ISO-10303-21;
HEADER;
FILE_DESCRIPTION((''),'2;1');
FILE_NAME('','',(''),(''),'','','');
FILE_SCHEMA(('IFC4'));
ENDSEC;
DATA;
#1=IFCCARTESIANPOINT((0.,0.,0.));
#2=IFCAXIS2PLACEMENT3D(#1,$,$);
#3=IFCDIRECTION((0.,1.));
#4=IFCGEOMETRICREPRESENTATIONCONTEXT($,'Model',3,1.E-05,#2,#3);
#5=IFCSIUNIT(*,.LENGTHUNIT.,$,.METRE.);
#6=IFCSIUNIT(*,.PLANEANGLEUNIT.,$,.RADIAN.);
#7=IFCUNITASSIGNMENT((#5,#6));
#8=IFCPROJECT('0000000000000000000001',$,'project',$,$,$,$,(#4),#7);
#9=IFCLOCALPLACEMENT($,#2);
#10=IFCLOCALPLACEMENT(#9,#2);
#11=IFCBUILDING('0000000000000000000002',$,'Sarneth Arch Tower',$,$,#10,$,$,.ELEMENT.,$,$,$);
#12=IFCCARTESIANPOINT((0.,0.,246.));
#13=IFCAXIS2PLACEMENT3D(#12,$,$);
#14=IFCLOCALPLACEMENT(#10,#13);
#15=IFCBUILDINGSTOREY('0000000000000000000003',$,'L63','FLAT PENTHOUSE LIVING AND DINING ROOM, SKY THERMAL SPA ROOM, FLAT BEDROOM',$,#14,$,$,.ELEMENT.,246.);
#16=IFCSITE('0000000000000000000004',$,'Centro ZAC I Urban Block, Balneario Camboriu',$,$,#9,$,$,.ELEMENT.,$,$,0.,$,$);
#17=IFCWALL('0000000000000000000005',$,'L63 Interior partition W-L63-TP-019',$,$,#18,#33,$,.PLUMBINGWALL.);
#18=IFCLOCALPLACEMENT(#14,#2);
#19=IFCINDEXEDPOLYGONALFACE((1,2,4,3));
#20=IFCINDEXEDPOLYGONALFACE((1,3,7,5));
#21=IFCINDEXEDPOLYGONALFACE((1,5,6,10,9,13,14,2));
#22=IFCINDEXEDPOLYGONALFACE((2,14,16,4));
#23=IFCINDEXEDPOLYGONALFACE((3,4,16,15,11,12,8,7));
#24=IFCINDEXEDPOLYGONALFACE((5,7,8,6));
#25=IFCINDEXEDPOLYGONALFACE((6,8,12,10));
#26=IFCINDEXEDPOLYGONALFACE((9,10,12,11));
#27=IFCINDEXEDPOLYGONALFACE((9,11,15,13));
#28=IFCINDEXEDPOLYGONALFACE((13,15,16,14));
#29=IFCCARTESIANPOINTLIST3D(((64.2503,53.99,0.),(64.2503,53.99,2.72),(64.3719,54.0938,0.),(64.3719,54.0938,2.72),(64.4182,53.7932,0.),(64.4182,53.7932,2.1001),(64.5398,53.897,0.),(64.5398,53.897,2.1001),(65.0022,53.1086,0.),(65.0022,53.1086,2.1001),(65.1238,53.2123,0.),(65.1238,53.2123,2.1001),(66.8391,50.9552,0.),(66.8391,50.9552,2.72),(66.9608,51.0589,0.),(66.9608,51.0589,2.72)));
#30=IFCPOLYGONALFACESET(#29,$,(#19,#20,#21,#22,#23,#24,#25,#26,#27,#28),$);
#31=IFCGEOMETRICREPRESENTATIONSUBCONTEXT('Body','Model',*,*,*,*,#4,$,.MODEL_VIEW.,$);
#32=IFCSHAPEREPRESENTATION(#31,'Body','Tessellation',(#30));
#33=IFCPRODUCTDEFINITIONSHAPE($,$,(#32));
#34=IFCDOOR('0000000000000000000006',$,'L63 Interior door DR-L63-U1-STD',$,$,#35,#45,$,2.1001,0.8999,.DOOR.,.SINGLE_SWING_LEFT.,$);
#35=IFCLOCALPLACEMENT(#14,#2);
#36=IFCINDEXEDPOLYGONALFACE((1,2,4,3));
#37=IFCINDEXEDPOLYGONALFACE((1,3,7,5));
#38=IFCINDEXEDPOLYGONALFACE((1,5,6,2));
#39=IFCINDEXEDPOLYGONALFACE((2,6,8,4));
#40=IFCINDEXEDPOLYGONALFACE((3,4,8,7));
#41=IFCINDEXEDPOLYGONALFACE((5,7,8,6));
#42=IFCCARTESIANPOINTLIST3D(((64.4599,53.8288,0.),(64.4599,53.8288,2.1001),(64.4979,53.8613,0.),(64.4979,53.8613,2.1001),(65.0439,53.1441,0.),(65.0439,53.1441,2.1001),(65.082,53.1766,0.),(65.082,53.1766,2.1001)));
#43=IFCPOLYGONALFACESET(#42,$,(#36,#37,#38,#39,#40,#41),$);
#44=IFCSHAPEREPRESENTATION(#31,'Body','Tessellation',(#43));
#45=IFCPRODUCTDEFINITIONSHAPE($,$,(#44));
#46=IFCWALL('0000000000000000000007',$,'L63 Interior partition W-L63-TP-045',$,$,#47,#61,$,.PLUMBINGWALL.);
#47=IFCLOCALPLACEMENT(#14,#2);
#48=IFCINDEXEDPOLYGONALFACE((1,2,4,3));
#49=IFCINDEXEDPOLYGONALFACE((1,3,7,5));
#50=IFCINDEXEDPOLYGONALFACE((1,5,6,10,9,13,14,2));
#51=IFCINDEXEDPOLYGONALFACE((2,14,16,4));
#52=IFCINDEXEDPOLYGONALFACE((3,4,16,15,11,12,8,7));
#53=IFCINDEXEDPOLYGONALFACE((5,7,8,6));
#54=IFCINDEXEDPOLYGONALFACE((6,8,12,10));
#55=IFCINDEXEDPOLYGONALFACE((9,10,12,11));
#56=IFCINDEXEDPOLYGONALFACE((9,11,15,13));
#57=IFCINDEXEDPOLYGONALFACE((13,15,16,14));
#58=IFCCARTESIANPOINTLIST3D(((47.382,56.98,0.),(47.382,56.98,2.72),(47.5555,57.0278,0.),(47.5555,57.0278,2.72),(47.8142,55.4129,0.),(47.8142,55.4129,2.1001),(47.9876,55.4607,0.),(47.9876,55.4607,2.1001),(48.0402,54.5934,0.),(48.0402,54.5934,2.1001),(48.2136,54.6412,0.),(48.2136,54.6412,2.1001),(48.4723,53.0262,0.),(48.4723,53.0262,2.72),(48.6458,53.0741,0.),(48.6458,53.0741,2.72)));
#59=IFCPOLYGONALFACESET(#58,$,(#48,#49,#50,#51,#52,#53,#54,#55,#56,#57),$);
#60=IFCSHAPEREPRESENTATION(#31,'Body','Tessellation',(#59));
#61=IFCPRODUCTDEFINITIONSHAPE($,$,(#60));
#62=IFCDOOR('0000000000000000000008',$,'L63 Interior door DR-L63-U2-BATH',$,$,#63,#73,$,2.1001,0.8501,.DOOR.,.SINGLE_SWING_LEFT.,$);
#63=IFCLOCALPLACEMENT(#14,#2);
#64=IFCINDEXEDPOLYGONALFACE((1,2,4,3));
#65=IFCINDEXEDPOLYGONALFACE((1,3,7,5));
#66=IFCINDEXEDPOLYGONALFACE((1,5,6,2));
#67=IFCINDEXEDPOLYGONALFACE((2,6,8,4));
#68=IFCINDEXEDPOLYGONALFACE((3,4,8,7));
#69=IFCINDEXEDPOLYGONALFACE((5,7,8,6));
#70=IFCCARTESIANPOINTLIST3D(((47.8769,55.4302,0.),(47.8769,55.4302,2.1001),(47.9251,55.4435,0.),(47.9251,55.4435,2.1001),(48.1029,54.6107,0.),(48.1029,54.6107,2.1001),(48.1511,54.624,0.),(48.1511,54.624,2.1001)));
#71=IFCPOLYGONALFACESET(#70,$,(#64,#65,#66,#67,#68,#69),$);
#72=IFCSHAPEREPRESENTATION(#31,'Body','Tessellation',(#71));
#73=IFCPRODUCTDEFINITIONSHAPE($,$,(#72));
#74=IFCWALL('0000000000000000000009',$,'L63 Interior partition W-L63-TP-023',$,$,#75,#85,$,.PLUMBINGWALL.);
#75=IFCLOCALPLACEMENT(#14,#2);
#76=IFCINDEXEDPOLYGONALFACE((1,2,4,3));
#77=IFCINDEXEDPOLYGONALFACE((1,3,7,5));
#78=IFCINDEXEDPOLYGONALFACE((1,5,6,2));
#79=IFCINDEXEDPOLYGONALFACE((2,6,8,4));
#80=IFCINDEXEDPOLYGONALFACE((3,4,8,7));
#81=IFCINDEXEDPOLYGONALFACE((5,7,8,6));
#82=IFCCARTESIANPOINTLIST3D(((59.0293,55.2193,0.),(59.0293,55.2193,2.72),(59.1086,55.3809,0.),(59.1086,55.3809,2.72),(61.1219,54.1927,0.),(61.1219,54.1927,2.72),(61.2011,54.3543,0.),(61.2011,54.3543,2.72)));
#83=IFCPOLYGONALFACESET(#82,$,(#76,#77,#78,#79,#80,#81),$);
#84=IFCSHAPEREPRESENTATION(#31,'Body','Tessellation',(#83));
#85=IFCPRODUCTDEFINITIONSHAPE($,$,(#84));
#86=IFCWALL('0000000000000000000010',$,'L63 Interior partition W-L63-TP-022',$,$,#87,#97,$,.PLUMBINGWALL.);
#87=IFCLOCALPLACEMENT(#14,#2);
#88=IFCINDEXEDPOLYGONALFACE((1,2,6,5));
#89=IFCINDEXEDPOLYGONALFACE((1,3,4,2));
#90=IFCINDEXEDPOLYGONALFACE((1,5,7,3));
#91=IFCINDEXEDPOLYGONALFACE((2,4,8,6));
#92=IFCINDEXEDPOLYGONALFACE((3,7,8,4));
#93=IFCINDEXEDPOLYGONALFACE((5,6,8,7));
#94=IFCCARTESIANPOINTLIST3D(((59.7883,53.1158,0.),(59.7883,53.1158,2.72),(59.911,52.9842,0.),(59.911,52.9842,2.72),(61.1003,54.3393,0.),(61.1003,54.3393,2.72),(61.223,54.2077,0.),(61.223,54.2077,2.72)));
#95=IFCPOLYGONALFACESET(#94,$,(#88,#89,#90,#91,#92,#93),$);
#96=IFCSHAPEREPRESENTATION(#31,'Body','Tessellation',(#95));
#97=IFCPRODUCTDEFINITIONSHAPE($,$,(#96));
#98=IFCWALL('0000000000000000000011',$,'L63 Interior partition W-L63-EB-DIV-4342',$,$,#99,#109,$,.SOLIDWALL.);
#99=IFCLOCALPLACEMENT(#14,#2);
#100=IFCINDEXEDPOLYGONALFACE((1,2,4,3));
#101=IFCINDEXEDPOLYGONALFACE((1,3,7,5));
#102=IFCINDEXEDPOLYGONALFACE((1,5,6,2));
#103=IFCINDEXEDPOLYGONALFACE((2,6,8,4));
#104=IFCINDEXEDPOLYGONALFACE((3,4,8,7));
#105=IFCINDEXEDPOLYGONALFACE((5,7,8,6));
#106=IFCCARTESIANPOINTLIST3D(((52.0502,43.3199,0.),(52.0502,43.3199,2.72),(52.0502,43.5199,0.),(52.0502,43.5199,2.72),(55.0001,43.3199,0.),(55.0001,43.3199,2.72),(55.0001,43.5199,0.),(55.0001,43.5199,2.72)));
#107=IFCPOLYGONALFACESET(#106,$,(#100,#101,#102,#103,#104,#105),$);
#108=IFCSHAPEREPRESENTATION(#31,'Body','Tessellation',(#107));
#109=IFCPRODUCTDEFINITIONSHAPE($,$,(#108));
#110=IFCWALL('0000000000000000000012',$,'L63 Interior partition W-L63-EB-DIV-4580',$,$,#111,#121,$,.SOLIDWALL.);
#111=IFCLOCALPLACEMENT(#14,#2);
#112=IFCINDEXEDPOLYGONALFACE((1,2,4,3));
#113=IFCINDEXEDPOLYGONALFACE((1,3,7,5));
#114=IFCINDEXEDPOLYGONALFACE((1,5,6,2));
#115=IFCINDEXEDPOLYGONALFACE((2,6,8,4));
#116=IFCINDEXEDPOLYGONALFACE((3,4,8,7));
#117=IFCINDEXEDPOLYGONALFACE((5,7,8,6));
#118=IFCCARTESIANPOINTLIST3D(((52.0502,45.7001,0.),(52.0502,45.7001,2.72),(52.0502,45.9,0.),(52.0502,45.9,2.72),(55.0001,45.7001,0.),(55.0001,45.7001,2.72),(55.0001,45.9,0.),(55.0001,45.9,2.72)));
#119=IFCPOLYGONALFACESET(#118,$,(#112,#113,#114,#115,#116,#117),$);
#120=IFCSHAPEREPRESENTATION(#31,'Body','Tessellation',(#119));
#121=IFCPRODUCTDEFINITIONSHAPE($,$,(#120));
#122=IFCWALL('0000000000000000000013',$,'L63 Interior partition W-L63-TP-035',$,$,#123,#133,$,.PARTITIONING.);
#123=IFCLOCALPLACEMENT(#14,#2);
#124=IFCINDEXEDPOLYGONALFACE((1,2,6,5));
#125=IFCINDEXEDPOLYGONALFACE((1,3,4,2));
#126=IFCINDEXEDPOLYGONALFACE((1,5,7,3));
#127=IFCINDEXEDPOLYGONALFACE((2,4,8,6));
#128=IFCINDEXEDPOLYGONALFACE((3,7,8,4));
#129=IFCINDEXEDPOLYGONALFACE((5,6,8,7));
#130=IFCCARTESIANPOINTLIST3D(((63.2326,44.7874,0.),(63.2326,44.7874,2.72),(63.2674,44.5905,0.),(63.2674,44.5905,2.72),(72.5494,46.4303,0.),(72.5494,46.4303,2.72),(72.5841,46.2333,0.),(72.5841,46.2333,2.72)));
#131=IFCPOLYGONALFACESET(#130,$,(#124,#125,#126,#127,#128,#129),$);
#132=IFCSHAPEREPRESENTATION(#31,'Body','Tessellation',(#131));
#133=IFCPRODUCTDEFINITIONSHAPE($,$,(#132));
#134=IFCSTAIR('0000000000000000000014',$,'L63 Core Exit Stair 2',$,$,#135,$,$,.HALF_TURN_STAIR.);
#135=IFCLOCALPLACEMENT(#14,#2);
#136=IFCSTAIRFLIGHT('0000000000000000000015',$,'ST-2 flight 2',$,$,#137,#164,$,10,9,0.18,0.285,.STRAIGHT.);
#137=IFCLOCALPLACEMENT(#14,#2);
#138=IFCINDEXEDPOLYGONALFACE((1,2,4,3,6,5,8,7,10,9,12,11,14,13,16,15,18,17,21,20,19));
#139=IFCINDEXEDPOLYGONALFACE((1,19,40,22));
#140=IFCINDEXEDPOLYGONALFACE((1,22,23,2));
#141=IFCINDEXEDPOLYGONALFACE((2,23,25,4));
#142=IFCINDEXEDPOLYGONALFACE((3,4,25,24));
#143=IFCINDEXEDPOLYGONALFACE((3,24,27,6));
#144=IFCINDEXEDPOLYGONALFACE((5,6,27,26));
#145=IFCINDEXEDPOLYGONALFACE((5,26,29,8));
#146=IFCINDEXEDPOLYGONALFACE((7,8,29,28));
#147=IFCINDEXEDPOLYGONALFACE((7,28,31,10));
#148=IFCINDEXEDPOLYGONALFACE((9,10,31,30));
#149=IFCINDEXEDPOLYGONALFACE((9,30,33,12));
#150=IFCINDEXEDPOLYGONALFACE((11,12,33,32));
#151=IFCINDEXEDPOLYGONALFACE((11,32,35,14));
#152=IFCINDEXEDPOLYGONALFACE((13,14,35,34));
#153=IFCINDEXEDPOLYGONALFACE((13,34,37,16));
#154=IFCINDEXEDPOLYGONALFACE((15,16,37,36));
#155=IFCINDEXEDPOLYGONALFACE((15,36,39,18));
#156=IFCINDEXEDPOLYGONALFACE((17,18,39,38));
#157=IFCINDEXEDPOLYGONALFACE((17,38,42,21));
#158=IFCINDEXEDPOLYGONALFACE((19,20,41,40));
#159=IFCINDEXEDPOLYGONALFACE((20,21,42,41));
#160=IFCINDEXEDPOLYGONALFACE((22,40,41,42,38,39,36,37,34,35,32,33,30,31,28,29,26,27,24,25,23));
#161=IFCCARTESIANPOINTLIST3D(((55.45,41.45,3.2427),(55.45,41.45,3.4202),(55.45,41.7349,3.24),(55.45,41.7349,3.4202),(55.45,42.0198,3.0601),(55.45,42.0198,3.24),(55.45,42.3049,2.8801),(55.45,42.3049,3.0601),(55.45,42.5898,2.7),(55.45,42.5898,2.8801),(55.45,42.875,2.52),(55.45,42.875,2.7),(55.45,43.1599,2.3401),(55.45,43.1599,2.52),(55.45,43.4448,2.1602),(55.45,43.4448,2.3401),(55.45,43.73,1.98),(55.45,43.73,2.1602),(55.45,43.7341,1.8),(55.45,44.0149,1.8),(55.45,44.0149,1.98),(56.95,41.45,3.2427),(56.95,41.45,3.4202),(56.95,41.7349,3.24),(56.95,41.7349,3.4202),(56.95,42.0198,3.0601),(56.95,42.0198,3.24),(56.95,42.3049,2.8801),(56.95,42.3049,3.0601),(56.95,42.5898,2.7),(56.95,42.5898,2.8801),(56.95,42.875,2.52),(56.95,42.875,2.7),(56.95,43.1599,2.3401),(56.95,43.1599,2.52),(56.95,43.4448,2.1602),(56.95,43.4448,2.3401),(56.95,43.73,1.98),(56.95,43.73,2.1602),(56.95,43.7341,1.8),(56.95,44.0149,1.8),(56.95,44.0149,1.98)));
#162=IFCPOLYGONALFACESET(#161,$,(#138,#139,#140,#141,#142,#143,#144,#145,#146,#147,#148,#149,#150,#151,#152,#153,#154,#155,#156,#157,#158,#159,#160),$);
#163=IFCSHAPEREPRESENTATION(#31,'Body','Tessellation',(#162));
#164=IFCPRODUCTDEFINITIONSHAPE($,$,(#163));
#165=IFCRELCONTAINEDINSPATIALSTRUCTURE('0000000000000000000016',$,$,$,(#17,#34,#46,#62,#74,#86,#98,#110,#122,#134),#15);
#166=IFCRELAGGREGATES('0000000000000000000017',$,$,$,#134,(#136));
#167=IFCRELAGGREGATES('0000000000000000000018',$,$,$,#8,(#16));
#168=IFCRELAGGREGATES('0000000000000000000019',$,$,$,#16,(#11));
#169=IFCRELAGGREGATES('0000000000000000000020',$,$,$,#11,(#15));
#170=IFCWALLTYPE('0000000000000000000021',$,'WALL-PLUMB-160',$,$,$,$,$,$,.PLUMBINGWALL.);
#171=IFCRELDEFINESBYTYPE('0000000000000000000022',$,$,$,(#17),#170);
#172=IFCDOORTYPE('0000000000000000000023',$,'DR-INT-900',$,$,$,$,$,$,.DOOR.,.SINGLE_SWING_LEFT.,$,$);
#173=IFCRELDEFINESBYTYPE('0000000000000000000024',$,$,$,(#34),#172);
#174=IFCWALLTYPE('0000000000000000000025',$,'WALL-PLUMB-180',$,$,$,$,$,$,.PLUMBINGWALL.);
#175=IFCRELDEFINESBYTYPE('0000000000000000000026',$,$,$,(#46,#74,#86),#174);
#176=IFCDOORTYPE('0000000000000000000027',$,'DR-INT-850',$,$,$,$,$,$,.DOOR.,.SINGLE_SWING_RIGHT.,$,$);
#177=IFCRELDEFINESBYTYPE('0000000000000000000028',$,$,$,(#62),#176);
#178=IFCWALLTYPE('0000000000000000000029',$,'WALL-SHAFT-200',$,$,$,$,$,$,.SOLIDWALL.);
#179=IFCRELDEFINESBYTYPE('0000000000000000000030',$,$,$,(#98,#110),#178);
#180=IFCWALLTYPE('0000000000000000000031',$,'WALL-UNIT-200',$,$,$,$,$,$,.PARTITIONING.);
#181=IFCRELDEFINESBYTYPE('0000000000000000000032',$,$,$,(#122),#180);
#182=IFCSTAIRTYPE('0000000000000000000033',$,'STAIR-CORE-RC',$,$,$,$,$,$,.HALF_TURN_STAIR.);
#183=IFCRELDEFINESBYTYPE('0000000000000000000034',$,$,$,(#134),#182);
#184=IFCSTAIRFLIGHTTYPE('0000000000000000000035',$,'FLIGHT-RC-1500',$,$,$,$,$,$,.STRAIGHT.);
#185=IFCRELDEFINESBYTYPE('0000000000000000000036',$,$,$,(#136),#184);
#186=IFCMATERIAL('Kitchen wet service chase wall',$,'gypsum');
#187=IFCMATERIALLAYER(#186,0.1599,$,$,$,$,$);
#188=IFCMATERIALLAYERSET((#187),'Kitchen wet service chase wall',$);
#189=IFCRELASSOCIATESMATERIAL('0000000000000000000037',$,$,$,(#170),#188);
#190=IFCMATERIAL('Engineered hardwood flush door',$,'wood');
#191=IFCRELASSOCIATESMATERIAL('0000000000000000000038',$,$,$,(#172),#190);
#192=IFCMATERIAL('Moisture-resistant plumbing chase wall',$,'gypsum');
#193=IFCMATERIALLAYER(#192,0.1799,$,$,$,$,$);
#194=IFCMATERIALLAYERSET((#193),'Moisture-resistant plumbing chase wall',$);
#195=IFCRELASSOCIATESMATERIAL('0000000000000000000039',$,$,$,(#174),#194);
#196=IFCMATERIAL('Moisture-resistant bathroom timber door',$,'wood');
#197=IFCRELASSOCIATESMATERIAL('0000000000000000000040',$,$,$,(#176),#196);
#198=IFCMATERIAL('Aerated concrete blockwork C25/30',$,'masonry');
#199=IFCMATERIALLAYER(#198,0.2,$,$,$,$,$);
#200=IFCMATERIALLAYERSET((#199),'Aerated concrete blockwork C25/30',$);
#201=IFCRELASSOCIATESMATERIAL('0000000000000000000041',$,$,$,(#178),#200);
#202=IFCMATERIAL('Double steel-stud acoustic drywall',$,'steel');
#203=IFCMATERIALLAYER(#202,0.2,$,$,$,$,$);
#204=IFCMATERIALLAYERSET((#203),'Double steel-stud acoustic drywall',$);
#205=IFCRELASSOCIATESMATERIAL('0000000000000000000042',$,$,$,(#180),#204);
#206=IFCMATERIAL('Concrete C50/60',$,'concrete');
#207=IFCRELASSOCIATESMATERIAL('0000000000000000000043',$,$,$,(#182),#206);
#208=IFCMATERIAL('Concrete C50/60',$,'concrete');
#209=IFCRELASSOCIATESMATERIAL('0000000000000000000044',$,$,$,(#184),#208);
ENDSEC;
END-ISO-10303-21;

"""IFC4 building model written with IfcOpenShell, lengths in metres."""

from ifc_helpers import new_model, si_unit, direction, frame, frame_2d, origin, place, context, subcontext, project, spatial, polyline, rectangle, outline, extrude, material, layer, layer_set, type_object, element, fill, aggregate, save


model = new_model("IFC4")

# Units and contexts
model_context = context("Model", 3, precision=1e-05, world=origin(), true_north=direction((0.0, 1.0)))
body_context = subcontext(model_context, "Body", "Model", "MODEL_VIEW")
ifc_project = project(units=[si_unit("LENGTHUNIT", "METRE"), si_unit("PLANEANGLEUNIT", "RADIAN")], contexts=[model_context])

# Site, building, storey
site_placement = place(None, origin())
site = spatial("IfcSite", under=ifc_project, at=site_placement, Name="Centro ZAC I Urban Block, Balneario Camboriu", CompositionType="ELEMENT", RefElevation=0.0)
building_placement = place(site_placement, origin())
building = spatial("IfcBuilding", under=site, at=building_placement, Name="Sarneth Arch Tower", CompositionType="ELEMENT")
storey_placement = place(building_placement, frame((0.0, 0.0, 246.0)))
storey = spatial("IfcBuildingStorey", under=building, at=storey_placement, Name="L63", Description="FLAT PENTHOUSE LIVING AND DINING ROOM, SKY THERMAL SPA ROOM, FLAT BEDROOM", CompositionType="ELEMENT", Elevation=246.0)

# Walls, openings, doors
ifc_material_1 = material(Name="Kitchen wet service chase wall", Category="gypsum")
ifc_layer_1 = layer(ifc_material_1, 0.1599)
ifc_layer_set_1 = layer_set([ifc_layer_1], Name="Kitchen wet service chase wall")
wall_type_1 = type_object("IfcWallType", Name="WALL-PLUMB-160", PredefinedType="PLUMBINGWALL", material=ifc_layer_set_1)
wall_1_placement = place(storey_placement, frame((64.311, 54.042, 0.0), z_axis=(0.0, 0.0, 1.0), x_axis=(0.648985, -0.760801, 0.0)))
wall_1 = element("IfcWall", 1, at=wall_1_placement, inside=storey, type_object=wall_type_1, Name="L63 Interior partition W-L63-TP-019", PredefinedType="PLUMBINGWALL", context=body_context, shape_type="SweptSolid", body=[
    extrude(rectangle(XDim=3.989, YDim=0.1599, at=frame_2d((1.9946, 0.0))), origin(), (0.0, 0.0, 1.0), 2.72),
])
opening_1_placement = place(wall_1_placement, frame((0.2588, 0.0, 0.0)))
opening_1 = element("IfcOpeningElement", 2, at=opening_1_placement, cuts=wall_1, PredefinedType="OPENING", context=body_context, shape_type="SweptSolid", body=[
    extrude(rectangle(XDim=0.8999, YDim=2.1001, at=frame_2d((0.45, 1.05))), frame((0.0, 0.0898, 0.0), z_axis=(0.0, -1.0, 0.0), x_axis=(1.0, 0.0, 0.0)), (0.0, 0.0, 1.0), 0.1799),
])
ifc_material_2 = material(Name="Engineered hardwood flush door", Category="wood")
door_type_1 = type_object("IfcDoorType", Name="DR-INT-900", OperationType="SINGLE_SWING_LEFT", PredefinedType="DOOR", material=ifc_material_2)
door_1_placement = place(opening_1_placement, origin())
door_1 = element("IfcDoor", 3, at=door_1_placement, inside=storey, type_object=door_type_1, Name="L63 Interior door DR-L63-U1-STD", OperationType="SINGLE_SWING_LEFT", OverallHeight=2.1001, OverallWidth=0.8999, PredefinedType="DOOR", context=body_context, shape_type="SweptSolid", body=[
    extrude(rectangle(XDim=0.8999, YDim=2.1001, at=frame_2d((0.45, 1.05))), frame((0.0, 0.0249, 0.0), z_axis=(0.0, -1.0, 0.0), x_axis=(1.0, 0.0, 0.0)), (0.0, 0.0, 1.0), 0.05),
])
fill(opening_1, door_1)
ifc_material_3 = material(Name="Moisture-resistant plumbing chase wall", Category="gypsum")
ifc_layer_2 = layer(ifc_material_3, 0.1799)
ifc_layer_set_2 = layer_set([ifc_layer_2], Name="Moisture-resistant plumbing chase wall")
wall_type_2 = type_object("IfcWallType", Name="WALL-PLUMB-180", PredefinedType="PLUMBINGWALL", material=ifc_layer_set_2)
wall_2_placement = place(storey_placement, frame((48.5591, 53.05, 0.0), z_axis=(0.0, 0.0, 1.0), x_axis=(-0.265841, 0.964017, 0.0)))
wall_2 = element("IfcWall", 4, at=wall_2_placement, inside=storey, type_object=wall_type_2, Name="L63 Interior partition W-L63-TP-045", PredefinedType="PLUMBINGWALL", context=body_context, shape_type="SweptSolid", body=[
    extrude(rectangle(XDim=4.1013, YDim=0.1799, at=frame_2d((2.0508, 0.0))), origin(), (0.0, 0.0, 1.0), 2.72),
])
opening_2_placement = place(wall_2_placement, frame((1.6257, 0.0, 0.0)))
opening_2 = element("IfcOpeningElement", 5, at=opening_2_placement, cuts=wall_2, PredefinedType="OPENING", context=body_context, shape_type="SweptSolid", body=[
    extrude(rectangle(XDim=0.8501, YDim=2.1001, at=frame_2d((0.425, 1.05))), frame((0.0, 0.0999, 0.0), z_axis=(0.0, -1.0, 0.0), x_axis=(1.0, 0.0, 0.0)), (0.0, 0.0, 1.0), 0.2),
])
ifc_material_4 = material(Name="Moisture-resistant bathroom timber door", Category="wood")
door_type_2 = type_object("IfcDoorType", Name="DR-INT-850", OperationType="SINGLE_SWING_RIGHT", PredefinedType="DOOR", material=ifc_material_4)
door_2_placement = place(opening_2_placement, origin())
door_2 = element("IfcDoor", 6, at=door_2_placement, inside=storey, type_object=door_type_2, Name="L63 Interior door DR-L63-U2-BATH", OperationType="SINGLE_SWING_LEFT", OverallHeight=2.1001, OverallWidth=0.8501, PredefinedType="DOOR", context=body_context, shape_type="SweptSolid", body=[
    extrude(rectangle(XDim=0.8501, YDim=2.1001, at=frame_2d((0.425, 1.05))), frame((0.0, 0.0249, 0.0), z_axis=(0.0, -1.0, 0.0), x_axis=(1.0, 0.0, 0.0)), (0.0, 0.0, 1.0), 0.05),
])
fill(opening_2, door_2)

# Walls
wall_3_placement = place(storey_placement, frame((61.1616, 54.2734, 0.0), z_axis=(0.0, 0.0, 1.0), x_axis=(-0.897775, 0.440455, 0.0)))
element("IfcWall", 7, at=wall_3_placement, inside=storey, type_object=wall_type_2, Name="L63 Interior partition W-L63-TP-023", PredefinedType="PLUMBINGWALL", context=body_context, shape_type="SweptSolid", body=[
    extrude(rectangle(XDim=2.3308, YDim=0.1799, at=frame_2d((1.1655, 0.0))), origin(), (0.0, 0.0, 1.0), 2.72),
])
wall_4_placement = place(storey_placement, frame((59.8496, 53.05, 0.0), z_axis=(0.0, 0.0, 1.0), x_axis=(0.731377, 0.681974, 0.0)))
element("IfcWall", 8, at=wall_4_placement, inside=storey, type_object=wall_type_2, Name="L63 Interior partition W-L63-TP-022", PredefinedType="PLUMBINGWALL", context=body_context, shape_type="SweptSolid", body=[
    extrude(rectangle(XDim=1.7939, YDim=0.1799, at=frame_2d((0.897, 0.0))), origin(), (0.0, 0.0, 1.0), 2.72),
])
ifc_material_5 = material(Name="Aerated concrete blockwork C25/30", Category="masonry")
ifc_layer_3 = layer(ifc_material_5, 0.2)
ifc_layer_set_3 = layer_set([ifc_layer_3], Name="Aerated concrete blockwork C25/30")
wall_type_3 = type_object("IfcWallType", Name="WALL-SHAFT-200", PredefinedType="SOLIDWALL", material=ifc_layer_set_3)
for number, where, z_axis, x_axis, name in (
    (9, (52.05, 43.4199, 0.0), (0.0, 0.0, 1.0), (1.0, 0.0, 0.0), "L63 Interior partition W-L63-EB-DIV-4342"),
    (10, (52.05, 45.8, 0.0), (0.0, 0.0, 1.0), (1.0, 0.0, 0.0), "L63 Interior partition W-L63-EB-DIV-4580"),
):
    element("IfcWall", number, at=place(storey_placement, frame(where, z_axis=z_axis, x_axis=x_axis)), inside=storey, type_object=wall_type_3, Name=name, PredefinedType="SOLIDWALL", context=body_context, shape_type="SweptSolid", body=[
        extrude(rectangle(XDim=2.95, YDim=0.2, at=frame_2d((1.4751, 0.0))), origin(), (0.0, 0.0, 1.0), 2.72),
    ])
ifc_material_6 = material(Name="Double steel-stud acoustic drywall", Category="steel")
ifc_layer_4 = layer(ifc_material_6, 0.2)
ifc_layer_set_4 = layer_set([ifc_layer_4], Name="Double steel-stud acoustic drywall")
wall_type_4 = type_object("IfcWallType", Name="WALL-UNIT-200", PredefinedType="PARTITIONING", material=ifc_layer_set_4)
wall_5_placement = place(storey_placement, frame((63.25, 44.689, 0.0), z_axis=(0.0, 0.0, 1.0), x_axis=(0.984807, 0.173653, 0.0)))
element("IfcWall", 11, at=wall_5_placement, inside=storey, type_object=wall_type_4, Name="L63 Interior partition W-L63-TP-035", PredefinedType="PARTITIONING", context=body_context, shape_type="SweptSolid", body=[
    extrude(rectangle(XDim=9.4604, YDim=0.2, at=frame_2d((4.7302, 0.0))), origin(), (0.0, 0.0, 1.0), 2.72),
])

# Stair, stair flight
ifc_material_7 = material(Name="Concrete C50/60", Category="concrete")
stair_type = type_object("IfcStairType", Name="STAIR-CORE-RC", PredefinedType="HALF_TURN_STAIR", material=ifc_material_7)
stair_placement = place(storey_placement, origin())
stair = element("IfcStair", 12, at=stair_placement, inside=storey, type_object=stair_type, Name="L63 Core Exit Stair 2", PredefinedType="HALF_TURN_STAIR")
ifc_material_8 = material(Name="Concrete C50/60", Category="concrete")
stair_flight_type = type_object("IfcStairFlightType", Name="FLIGHT-RC-1500", PredefinedType="STRAIGHT", material=ifc_material_8)
stair_flight_placement = place(storey_placement, frame((56.2, 44.0149, 1.8), z_axis=(0.0, 0.0, 1.0), x_axis=(0.0, -1.0, 0.0)))
stair_flight = element("IfcStairFlight", 13, at=stair_flight_placement, type_object=stair_flight_type, Name="ST-2 flight 2", NumberOfRisers=10, NumberOfTreads=9, PredefinedType="STRAIGHT", RiserHeight=0.18, TreadLength=0.285, context=body_context, shape_type="SweptSolid", body=[
    extrude(outline(polyline([(0.0, 0.0), (0.0, 0.1799), (0.2849, 0.1799), (0.2849, 0.3601), (0.5701, 0.3601), (0.5701, 0.54), (0.855, 0.54), (0.855, 0.72), (1.1399, 0.72), (1.1399, 0.8999), (1.425, 0.8999), (1.425, 1.0801), (1.71, 1.0801), (1.71, 1.26), (1.9951, 1.26), (1.9951, 1.4399), (2.28, 1.4399), (2.28, 1.6201), (2.5649, 1.6201), (2.5649, 1.8), (2.5649, 1.4426), (0.2808, 0.0), (0.0, 0.0)])), frame((0.0, 0.75, 0.0), z_axis=(0.0, -1.0, 0.0), x_axis=(1.0, 0.0, 0.0)), (0.0, 0.0, 1.0), 1.5),
])
aggregate(stair, [stair_flight])

save(model, "model.ifc")
